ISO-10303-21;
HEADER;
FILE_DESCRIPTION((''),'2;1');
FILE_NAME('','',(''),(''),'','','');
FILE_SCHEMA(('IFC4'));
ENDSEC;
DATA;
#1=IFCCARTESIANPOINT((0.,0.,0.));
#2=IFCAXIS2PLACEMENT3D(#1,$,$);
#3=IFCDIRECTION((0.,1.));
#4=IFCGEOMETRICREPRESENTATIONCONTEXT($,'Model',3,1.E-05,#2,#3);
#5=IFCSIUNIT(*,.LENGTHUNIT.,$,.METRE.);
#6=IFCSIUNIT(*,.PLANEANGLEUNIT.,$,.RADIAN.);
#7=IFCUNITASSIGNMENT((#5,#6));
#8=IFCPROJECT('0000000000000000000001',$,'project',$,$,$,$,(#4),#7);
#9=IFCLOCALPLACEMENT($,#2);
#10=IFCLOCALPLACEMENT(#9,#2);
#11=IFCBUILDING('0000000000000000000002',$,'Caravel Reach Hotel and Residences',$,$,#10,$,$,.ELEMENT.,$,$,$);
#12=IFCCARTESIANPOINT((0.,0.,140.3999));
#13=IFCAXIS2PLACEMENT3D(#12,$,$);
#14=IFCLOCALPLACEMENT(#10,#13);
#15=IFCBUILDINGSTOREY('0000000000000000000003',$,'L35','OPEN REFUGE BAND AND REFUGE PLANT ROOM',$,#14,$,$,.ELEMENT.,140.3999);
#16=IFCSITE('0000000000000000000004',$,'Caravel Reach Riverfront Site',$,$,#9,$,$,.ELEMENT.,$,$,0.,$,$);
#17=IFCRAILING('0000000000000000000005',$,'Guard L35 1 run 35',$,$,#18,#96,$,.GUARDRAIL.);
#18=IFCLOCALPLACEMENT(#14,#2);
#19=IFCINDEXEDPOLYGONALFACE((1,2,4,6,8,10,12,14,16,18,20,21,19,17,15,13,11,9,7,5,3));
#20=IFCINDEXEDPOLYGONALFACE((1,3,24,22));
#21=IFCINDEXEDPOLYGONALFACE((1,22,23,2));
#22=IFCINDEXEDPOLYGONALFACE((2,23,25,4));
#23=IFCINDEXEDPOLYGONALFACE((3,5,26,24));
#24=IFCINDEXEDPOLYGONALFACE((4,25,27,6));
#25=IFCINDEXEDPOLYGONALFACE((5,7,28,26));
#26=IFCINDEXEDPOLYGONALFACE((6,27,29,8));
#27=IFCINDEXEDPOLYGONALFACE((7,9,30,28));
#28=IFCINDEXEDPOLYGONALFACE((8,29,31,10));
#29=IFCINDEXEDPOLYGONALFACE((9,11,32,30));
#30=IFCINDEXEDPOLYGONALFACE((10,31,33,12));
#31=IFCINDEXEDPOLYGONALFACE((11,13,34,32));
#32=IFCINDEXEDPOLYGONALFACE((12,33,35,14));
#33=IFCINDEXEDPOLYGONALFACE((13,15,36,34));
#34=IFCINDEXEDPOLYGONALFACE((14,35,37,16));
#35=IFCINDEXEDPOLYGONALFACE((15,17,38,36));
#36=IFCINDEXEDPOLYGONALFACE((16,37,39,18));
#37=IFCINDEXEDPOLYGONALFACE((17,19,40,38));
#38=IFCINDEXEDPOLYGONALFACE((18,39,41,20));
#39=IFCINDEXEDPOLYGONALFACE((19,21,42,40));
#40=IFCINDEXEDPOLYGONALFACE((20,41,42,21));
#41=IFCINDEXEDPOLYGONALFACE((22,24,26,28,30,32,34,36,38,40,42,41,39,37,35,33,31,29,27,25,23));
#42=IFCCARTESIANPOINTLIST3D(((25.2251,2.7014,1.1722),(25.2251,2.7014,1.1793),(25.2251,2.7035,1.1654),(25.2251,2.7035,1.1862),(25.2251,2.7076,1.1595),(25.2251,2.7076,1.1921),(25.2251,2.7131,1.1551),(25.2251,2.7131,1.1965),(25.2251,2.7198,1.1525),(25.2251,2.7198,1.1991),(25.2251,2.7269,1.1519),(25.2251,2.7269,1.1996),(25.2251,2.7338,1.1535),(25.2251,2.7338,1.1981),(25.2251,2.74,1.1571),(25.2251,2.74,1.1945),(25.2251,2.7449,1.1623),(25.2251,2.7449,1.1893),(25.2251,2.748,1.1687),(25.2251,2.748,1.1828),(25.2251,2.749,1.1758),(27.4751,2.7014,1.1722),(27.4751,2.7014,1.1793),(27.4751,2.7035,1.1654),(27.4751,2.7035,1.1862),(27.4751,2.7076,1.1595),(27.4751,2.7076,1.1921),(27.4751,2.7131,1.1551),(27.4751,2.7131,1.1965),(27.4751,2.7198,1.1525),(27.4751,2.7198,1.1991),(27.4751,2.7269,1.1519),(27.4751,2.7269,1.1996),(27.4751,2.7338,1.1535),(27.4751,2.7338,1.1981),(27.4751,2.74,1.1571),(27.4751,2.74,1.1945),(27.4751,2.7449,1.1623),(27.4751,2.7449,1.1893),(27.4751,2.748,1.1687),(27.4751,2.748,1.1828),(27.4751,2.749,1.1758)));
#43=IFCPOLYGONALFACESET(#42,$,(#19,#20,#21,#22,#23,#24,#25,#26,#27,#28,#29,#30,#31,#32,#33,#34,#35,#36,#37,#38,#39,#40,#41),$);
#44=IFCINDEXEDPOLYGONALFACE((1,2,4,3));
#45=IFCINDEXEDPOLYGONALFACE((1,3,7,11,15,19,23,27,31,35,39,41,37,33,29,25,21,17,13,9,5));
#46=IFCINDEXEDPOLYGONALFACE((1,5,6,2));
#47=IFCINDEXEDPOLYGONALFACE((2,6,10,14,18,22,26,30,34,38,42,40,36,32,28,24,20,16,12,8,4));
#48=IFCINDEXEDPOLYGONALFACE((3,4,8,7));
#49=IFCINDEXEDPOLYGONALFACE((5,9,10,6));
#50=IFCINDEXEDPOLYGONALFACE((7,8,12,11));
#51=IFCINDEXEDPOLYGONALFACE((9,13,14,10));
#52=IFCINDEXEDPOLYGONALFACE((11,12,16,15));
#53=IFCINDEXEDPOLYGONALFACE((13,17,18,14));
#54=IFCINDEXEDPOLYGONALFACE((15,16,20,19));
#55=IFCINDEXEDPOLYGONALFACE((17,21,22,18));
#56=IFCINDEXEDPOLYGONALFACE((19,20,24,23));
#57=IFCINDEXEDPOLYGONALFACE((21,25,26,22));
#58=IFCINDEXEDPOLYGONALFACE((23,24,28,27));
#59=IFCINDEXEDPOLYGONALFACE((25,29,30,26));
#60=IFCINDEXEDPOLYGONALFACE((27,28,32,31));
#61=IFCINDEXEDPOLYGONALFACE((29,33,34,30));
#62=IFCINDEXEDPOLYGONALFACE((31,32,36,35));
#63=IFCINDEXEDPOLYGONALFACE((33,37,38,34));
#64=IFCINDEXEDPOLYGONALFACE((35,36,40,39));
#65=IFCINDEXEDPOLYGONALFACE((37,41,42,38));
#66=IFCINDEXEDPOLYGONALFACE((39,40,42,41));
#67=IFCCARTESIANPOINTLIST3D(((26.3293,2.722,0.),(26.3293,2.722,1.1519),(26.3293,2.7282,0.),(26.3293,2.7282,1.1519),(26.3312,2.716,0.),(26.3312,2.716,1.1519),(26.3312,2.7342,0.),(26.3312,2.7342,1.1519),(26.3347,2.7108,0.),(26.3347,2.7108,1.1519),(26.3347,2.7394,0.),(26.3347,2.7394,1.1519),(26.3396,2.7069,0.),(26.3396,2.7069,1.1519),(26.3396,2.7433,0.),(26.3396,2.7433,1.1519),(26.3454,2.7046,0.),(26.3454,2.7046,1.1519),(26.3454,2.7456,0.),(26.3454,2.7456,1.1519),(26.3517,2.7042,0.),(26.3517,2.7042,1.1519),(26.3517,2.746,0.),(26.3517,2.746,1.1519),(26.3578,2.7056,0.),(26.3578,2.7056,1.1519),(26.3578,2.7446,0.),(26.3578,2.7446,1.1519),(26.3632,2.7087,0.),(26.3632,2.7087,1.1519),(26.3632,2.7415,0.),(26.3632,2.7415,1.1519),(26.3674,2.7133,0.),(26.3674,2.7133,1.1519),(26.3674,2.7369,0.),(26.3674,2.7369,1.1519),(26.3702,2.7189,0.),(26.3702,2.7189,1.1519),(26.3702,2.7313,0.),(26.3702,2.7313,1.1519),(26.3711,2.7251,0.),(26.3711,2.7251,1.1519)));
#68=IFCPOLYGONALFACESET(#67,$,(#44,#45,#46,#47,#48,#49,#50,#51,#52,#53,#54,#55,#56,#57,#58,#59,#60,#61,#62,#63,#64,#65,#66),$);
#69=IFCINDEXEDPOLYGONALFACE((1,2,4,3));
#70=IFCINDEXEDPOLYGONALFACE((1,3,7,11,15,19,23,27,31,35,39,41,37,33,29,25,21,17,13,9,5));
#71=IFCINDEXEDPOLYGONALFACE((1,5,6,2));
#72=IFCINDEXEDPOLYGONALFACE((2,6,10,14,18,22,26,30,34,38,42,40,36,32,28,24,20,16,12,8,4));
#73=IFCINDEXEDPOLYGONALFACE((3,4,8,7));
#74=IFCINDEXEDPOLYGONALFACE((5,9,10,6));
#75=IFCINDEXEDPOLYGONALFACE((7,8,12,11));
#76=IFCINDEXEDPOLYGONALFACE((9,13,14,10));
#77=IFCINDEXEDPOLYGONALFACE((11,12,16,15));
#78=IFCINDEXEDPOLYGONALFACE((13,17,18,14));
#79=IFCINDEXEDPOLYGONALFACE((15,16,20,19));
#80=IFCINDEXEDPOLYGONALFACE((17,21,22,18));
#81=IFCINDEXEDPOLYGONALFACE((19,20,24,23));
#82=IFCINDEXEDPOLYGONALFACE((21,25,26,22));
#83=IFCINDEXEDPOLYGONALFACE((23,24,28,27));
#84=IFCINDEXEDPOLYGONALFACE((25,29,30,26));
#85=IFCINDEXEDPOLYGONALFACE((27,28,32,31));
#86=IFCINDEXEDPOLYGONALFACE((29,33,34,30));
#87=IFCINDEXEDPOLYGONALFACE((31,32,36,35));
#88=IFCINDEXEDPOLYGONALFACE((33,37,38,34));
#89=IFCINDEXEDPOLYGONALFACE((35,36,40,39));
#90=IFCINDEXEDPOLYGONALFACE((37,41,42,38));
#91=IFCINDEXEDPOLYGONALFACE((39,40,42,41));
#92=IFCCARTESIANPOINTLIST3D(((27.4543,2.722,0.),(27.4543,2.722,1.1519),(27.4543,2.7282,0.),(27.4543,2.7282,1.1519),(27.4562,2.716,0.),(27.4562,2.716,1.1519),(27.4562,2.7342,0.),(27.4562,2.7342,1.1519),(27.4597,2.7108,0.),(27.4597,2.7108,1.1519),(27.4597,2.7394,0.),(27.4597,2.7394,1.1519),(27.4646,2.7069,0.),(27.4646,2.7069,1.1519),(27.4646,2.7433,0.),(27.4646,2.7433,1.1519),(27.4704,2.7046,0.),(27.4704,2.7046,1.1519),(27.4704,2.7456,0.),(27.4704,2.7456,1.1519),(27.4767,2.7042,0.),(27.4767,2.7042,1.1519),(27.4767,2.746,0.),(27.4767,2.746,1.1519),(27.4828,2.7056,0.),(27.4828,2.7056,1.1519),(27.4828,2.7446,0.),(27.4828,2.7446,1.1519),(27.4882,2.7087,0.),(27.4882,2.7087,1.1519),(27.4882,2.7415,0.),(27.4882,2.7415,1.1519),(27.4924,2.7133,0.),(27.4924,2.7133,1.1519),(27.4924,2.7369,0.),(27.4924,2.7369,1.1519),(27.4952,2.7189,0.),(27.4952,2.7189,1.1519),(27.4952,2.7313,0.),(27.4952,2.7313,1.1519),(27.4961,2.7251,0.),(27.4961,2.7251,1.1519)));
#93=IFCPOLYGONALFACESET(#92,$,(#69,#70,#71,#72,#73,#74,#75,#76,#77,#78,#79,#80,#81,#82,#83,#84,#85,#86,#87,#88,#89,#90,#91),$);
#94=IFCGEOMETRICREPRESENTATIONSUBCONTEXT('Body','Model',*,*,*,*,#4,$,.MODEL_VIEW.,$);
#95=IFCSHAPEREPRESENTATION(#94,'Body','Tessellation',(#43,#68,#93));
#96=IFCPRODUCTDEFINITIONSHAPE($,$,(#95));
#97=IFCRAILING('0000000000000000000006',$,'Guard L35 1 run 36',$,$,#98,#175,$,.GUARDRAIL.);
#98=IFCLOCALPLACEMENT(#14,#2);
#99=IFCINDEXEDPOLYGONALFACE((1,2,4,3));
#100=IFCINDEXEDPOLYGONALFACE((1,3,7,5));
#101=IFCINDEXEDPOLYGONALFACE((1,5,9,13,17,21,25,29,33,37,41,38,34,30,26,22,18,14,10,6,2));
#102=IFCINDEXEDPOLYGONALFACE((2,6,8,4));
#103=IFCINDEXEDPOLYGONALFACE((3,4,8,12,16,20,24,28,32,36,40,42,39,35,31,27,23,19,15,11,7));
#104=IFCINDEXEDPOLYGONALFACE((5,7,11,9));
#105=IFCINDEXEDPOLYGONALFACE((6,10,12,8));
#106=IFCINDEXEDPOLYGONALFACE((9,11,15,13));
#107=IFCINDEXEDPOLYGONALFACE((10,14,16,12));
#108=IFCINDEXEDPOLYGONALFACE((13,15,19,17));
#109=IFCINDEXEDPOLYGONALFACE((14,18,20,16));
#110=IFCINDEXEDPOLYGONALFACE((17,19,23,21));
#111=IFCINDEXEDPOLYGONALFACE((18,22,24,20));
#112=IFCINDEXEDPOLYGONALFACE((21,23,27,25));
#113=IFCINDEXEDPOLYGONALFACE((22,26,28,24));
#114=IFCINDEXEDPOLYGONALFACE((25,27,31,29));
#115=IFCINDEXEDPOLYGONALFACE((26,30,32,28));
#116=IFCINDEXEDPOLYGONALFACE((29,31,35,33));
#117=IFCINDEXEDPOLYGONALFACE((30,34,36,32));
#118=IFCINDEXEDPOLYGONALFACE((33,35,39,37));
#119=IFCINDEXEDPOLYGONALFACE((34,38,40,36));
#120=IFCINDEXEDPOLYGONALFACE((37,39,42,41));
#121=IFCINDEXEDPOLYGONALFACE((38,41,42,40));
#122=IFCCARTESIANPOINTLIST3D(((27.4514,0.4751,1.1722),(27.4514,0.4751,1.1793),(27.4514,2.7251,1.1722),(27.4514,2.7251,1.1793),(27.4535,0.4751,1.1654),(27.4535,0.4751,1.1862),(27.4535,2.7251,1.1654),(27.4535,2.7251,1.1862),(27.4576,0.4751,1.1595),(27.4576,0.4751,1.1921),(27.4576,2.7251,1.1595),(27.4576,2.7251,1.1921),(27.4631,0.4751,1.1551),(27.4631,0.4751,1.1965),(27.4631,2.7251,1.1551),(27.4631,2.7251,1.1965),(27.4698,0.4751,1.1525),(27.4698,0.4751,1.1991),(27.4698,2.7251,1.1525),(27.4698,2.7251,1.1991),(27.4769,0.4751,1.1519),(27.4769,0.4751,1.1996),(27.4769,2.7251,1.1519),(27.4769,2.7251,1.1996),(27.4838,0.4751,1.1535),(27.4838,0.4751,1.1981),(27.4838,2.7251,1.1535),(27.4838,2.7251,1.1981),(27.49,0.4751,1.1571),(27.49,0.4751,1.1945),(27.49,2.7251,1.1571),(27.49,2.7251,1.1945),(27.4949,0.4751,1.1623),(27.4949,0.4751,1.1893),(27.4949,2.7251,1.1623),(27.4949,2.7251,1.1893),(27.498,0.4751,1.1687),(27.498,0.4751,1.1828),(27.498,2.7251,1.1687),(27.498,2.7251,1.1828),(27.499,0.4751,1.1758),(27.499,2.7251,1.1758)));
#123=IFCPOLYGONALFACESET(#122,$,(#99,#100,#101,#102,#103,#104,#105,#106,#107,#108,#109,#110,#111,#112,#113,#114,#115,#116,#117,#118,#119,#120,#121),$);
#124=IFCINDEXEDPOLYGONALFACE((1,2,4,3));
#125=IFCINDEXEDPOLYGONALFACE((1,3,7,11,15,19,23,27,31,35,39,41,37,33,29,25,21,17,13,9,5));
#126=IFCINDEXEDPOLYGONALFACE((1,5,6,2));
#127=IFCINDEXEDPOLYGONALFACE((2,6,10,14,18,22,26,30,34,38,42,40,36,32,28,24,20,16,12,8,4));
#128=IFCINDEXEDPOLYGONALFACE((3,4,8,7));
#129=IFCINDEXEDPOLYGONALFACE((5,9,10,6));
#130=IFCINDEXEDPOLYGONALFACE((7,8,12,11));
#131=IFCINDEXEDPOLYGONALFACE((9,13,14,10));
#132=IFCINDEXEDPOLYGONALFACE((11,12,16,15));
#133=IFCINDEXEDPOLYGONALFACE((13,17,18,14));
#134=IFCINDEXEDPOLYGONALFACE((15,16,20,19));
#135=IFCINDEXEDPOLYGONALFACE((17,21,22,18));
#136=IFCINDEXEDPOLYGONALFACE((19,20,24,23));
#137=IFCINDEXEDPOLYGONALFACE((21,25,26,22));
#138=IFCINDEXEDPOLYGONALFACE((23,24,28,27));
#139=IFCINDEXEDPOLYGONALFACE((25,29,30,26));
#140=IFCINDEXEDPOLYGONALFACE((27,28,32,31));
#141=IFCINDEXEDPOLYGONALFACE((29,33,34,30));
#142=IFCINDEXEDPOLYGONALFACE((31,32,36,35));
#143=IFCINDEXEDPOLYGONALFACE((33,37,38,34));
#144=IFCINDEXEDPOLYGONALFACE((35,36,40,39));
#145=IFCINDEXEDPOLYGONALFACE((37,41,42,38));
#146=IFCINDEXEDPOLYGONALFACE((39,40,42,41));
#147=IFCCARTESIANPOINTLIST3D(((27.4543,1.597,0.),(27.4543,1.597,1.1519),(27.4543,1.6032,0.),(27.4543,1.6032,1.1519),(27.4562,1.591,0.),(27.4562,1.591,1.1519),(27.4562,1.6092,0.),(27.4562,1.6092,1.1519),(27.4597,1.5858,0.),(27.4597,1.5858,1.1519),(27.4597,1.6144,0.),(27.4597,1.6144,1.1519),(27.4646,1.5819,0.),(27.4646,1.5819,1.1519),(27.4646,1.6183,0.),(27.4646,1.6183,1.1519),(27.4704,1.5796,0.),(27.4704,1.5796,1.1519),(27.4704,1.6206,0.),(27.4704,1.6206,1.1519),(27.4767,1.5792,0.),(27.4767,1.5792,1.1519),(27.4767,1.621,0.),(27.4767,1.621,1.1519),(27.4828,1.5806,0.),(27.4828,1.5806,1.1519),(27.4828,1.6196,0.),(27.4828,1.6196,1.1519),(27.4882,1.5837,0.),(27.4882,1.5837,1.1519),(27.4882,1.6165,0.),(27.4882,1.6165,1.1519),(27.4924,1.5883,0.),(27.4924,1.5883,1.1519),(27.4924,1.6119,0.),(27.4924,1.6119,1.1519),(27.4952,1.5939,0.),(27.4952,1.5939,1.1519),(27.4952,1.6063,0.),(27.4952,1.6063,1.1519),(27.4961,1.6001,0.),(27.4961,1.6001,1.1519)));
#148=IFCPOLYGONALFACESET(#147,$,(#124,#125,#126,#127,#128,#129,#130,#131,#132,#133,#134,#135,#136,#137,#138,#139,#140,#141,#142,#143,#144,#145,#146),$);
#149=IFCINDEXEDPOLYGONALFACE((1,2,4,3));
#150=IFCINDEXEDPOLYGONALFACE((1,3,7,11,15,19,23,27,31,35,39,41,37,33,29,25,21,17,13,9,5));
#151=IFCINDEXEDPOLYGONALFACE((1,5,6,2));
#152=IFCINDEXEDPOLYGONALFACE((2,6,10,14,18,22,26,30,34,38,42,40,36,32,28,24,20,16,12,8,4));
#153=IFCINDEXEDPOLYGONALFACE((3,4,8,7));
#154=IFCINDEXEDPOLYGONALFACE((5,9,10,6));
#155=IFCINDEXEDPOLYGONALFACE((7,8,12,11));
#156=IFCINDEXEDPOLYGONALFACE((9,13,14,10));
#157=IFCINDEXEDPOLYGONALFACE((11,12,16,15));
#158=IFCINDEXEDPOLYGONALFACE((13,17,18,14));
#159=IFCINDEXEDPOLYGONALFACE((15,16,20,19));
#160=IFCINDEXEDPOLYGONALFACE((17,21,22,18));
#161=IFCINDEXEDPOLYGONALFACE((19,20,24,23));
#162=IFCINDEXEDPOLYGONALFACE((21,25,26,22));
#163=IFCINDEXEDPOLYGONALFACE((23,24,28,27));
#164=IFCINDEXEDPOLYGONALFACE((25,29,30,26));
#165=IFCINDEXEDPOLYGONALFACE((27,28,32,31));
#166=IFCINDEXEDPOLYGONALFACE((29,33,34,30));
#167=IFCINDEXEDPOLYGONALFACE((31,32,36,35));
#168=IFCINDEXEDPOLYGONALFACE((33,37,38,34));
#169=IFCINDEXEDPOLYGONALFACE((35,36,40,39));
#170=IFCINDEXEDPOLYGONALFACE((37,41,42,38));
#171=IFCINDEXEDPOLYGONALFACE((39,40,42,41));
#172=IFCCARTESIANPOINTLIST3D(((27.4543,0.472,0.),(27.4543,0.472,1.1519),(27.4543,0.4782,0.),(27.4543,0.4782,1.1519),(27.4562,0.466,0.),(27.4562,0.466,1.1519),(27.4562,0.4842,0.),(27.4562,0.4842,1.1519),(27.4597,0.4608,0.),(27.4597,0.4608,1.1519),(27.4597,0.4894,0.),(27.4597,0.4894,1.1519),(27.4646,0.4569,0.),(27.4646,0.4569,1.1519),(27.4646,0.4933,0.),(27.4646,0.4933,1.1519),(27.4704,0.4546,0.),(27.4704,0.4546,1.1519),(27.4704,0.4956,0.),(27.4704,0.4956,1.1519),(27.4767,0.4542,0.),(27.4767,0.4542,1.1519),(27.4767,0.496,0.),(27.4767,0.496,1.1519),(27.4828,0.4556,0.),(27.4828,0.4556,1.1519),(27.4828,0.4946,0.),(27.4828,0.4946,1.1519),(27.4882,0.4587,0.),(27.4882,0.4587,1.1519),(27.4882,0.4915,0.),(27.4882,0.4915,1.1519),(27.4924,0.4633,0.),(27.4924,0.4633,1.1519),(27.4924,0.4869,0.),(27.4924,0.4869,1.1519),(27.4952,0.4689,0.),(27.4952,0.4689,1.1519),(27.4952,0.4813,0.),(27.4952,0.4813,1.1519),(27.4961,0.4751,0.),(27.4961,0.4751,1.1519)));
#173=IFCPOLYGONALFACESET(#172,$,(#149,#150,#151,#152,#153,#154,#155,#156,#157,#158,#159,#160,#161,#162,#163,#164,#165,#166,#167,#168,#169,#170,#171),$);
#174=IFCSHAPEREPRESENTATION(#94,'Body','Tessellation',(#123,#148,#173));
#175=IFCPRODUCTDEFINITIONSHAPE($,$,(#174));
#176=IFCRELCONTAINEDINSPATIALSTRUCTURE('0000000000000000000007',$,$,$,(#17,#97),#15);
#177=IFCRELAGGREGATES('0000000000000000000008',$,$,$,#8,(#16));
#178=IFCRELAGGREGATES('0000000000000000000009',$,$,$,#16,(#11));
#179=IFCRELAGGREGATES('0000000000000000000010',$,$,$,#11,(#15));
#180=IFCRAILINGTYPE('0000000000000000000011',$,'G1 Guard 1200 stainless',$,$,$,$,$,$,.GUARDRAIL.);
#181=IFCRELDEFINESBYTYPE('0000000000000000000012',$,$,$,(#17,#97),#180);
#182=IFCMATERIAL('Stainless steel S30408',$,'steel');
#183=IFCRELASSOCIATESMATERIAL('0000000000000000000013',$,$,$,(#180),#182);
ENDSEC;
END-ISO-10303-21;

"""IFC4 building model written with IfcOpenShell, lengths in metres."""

from ifc_helpers import new_model, si_unit, direction, frame, origin, origin_2d, place, context, subcontext, project, spatial, circle, extrude, material, type_object, element, save


model = new_model("IFC4")

# Units and contexts
model_context = context("Model", 3, precision=1e-05, world=origin(), true_north=direction((0.0, 1.0)))
body_context = subcontext(model_context, "Body", "Model", "MODEL_VIEW")
ifc_project = project(units=[si_unit("LENGTHUNIT", "METRE"), si_unit("PLANEANGLEUNIT", "RADIAN")], contexts=[model_context])

# Site, building, storey
site_placement = place(None, origin())
site = spatial("IfcSite", under=ifc_project, at=site_placement, Name="Caravel Reach Riverfront Site", CompositionType="ELEMENT", RefElevation=0.0)
building_placement = place(site_placement, origin())
building = spatial("IfcBuilding", under=site, at=building_placement, Name="Caravel Reach Hotel and Residences", CompositionType="ELEMENT")
storey_placement = place(building_placement, frame((0.0, 0.0, 140.3999)))
storey = spatial("IfcBuildingStorey", under=building, at=storey_placement, Name="L35", Description="OPEN REFUGE BAND AND REFUGE PLANT ROOM", CompositionType="ELEMENT", Elevation=140.3999)

# Railings
ifc_material_1 = material(Name="Stainless steel S30408", Category="steel")
railing_type = type_object("IfcRailingType", Name="G1 Guard 1200 stainless", PredefinedType="GUARDRAIL", material=ifc_material_1)
railing_1_placement = place(storey_placement, frame((25.2251, 2.7251, 0.0)))
element("IfcRailing", 1, at=railing_1_placement, inside=storey, type_object=railing_type, Name="Guard L35 1 run 35", PredefinedType="GUARDRAIL", context=body_context, shape_type="SweptSolid", body=[
    extrude(circle(Radius=0.0239, at=origin_2d()), frame((0.0, 0.0, 1.1758), z_axis=(1.0, 0.0, 0.0), x_axis=(0.0, 1.0, 0.0)), (0.0, 0.0, 1.0), 2.25),
    extrude(circle(Radius=0.021, at=origin_2d()), frame((1.125, 0.0, 0.0)), (0.0, 0.0, 1.0), 1.1519),
    extrude(circle(Radius=0.021, at=origin_2d()), frame((2.25, 0.0, 0.0)), (0.0, 0.0, 1.0), 1.1519),
])
railing_2_placement = place(storey_placement, frame((27.4751, 2.7251, 0.0)))
element("IfcRailing", 2, at=railing_2_placement, inside=storey, type_object=railing_type, Name="Guard L35 1 run 36", PredefinedType="GUARDRAIL", context=body_context, shape_type="SweptSolid", body=[
    extrude(circle(Radius=0.0239, at=origin_2d()), frame((0.0, 0.0, 1.1758), z_axis=(0.0, -1.0, 0.0), x_axis=(1.0, 0.0, 0.0)), (0.0, 0.0, 1.0), 2.25),
    extrude(circle(Radius=0.021, at=origin_2d()), frame((0.0, -1.125, 0.0)), (0.0, 0.0, 1.0), 1.1519),
    extrude(circle(Radius=0.021, at=origin_2d()), frame((0.0, -2.25, 0.0)), (0.0, 0.0, 1.0), 1.1519),
])

save(model, "model.ifc")
